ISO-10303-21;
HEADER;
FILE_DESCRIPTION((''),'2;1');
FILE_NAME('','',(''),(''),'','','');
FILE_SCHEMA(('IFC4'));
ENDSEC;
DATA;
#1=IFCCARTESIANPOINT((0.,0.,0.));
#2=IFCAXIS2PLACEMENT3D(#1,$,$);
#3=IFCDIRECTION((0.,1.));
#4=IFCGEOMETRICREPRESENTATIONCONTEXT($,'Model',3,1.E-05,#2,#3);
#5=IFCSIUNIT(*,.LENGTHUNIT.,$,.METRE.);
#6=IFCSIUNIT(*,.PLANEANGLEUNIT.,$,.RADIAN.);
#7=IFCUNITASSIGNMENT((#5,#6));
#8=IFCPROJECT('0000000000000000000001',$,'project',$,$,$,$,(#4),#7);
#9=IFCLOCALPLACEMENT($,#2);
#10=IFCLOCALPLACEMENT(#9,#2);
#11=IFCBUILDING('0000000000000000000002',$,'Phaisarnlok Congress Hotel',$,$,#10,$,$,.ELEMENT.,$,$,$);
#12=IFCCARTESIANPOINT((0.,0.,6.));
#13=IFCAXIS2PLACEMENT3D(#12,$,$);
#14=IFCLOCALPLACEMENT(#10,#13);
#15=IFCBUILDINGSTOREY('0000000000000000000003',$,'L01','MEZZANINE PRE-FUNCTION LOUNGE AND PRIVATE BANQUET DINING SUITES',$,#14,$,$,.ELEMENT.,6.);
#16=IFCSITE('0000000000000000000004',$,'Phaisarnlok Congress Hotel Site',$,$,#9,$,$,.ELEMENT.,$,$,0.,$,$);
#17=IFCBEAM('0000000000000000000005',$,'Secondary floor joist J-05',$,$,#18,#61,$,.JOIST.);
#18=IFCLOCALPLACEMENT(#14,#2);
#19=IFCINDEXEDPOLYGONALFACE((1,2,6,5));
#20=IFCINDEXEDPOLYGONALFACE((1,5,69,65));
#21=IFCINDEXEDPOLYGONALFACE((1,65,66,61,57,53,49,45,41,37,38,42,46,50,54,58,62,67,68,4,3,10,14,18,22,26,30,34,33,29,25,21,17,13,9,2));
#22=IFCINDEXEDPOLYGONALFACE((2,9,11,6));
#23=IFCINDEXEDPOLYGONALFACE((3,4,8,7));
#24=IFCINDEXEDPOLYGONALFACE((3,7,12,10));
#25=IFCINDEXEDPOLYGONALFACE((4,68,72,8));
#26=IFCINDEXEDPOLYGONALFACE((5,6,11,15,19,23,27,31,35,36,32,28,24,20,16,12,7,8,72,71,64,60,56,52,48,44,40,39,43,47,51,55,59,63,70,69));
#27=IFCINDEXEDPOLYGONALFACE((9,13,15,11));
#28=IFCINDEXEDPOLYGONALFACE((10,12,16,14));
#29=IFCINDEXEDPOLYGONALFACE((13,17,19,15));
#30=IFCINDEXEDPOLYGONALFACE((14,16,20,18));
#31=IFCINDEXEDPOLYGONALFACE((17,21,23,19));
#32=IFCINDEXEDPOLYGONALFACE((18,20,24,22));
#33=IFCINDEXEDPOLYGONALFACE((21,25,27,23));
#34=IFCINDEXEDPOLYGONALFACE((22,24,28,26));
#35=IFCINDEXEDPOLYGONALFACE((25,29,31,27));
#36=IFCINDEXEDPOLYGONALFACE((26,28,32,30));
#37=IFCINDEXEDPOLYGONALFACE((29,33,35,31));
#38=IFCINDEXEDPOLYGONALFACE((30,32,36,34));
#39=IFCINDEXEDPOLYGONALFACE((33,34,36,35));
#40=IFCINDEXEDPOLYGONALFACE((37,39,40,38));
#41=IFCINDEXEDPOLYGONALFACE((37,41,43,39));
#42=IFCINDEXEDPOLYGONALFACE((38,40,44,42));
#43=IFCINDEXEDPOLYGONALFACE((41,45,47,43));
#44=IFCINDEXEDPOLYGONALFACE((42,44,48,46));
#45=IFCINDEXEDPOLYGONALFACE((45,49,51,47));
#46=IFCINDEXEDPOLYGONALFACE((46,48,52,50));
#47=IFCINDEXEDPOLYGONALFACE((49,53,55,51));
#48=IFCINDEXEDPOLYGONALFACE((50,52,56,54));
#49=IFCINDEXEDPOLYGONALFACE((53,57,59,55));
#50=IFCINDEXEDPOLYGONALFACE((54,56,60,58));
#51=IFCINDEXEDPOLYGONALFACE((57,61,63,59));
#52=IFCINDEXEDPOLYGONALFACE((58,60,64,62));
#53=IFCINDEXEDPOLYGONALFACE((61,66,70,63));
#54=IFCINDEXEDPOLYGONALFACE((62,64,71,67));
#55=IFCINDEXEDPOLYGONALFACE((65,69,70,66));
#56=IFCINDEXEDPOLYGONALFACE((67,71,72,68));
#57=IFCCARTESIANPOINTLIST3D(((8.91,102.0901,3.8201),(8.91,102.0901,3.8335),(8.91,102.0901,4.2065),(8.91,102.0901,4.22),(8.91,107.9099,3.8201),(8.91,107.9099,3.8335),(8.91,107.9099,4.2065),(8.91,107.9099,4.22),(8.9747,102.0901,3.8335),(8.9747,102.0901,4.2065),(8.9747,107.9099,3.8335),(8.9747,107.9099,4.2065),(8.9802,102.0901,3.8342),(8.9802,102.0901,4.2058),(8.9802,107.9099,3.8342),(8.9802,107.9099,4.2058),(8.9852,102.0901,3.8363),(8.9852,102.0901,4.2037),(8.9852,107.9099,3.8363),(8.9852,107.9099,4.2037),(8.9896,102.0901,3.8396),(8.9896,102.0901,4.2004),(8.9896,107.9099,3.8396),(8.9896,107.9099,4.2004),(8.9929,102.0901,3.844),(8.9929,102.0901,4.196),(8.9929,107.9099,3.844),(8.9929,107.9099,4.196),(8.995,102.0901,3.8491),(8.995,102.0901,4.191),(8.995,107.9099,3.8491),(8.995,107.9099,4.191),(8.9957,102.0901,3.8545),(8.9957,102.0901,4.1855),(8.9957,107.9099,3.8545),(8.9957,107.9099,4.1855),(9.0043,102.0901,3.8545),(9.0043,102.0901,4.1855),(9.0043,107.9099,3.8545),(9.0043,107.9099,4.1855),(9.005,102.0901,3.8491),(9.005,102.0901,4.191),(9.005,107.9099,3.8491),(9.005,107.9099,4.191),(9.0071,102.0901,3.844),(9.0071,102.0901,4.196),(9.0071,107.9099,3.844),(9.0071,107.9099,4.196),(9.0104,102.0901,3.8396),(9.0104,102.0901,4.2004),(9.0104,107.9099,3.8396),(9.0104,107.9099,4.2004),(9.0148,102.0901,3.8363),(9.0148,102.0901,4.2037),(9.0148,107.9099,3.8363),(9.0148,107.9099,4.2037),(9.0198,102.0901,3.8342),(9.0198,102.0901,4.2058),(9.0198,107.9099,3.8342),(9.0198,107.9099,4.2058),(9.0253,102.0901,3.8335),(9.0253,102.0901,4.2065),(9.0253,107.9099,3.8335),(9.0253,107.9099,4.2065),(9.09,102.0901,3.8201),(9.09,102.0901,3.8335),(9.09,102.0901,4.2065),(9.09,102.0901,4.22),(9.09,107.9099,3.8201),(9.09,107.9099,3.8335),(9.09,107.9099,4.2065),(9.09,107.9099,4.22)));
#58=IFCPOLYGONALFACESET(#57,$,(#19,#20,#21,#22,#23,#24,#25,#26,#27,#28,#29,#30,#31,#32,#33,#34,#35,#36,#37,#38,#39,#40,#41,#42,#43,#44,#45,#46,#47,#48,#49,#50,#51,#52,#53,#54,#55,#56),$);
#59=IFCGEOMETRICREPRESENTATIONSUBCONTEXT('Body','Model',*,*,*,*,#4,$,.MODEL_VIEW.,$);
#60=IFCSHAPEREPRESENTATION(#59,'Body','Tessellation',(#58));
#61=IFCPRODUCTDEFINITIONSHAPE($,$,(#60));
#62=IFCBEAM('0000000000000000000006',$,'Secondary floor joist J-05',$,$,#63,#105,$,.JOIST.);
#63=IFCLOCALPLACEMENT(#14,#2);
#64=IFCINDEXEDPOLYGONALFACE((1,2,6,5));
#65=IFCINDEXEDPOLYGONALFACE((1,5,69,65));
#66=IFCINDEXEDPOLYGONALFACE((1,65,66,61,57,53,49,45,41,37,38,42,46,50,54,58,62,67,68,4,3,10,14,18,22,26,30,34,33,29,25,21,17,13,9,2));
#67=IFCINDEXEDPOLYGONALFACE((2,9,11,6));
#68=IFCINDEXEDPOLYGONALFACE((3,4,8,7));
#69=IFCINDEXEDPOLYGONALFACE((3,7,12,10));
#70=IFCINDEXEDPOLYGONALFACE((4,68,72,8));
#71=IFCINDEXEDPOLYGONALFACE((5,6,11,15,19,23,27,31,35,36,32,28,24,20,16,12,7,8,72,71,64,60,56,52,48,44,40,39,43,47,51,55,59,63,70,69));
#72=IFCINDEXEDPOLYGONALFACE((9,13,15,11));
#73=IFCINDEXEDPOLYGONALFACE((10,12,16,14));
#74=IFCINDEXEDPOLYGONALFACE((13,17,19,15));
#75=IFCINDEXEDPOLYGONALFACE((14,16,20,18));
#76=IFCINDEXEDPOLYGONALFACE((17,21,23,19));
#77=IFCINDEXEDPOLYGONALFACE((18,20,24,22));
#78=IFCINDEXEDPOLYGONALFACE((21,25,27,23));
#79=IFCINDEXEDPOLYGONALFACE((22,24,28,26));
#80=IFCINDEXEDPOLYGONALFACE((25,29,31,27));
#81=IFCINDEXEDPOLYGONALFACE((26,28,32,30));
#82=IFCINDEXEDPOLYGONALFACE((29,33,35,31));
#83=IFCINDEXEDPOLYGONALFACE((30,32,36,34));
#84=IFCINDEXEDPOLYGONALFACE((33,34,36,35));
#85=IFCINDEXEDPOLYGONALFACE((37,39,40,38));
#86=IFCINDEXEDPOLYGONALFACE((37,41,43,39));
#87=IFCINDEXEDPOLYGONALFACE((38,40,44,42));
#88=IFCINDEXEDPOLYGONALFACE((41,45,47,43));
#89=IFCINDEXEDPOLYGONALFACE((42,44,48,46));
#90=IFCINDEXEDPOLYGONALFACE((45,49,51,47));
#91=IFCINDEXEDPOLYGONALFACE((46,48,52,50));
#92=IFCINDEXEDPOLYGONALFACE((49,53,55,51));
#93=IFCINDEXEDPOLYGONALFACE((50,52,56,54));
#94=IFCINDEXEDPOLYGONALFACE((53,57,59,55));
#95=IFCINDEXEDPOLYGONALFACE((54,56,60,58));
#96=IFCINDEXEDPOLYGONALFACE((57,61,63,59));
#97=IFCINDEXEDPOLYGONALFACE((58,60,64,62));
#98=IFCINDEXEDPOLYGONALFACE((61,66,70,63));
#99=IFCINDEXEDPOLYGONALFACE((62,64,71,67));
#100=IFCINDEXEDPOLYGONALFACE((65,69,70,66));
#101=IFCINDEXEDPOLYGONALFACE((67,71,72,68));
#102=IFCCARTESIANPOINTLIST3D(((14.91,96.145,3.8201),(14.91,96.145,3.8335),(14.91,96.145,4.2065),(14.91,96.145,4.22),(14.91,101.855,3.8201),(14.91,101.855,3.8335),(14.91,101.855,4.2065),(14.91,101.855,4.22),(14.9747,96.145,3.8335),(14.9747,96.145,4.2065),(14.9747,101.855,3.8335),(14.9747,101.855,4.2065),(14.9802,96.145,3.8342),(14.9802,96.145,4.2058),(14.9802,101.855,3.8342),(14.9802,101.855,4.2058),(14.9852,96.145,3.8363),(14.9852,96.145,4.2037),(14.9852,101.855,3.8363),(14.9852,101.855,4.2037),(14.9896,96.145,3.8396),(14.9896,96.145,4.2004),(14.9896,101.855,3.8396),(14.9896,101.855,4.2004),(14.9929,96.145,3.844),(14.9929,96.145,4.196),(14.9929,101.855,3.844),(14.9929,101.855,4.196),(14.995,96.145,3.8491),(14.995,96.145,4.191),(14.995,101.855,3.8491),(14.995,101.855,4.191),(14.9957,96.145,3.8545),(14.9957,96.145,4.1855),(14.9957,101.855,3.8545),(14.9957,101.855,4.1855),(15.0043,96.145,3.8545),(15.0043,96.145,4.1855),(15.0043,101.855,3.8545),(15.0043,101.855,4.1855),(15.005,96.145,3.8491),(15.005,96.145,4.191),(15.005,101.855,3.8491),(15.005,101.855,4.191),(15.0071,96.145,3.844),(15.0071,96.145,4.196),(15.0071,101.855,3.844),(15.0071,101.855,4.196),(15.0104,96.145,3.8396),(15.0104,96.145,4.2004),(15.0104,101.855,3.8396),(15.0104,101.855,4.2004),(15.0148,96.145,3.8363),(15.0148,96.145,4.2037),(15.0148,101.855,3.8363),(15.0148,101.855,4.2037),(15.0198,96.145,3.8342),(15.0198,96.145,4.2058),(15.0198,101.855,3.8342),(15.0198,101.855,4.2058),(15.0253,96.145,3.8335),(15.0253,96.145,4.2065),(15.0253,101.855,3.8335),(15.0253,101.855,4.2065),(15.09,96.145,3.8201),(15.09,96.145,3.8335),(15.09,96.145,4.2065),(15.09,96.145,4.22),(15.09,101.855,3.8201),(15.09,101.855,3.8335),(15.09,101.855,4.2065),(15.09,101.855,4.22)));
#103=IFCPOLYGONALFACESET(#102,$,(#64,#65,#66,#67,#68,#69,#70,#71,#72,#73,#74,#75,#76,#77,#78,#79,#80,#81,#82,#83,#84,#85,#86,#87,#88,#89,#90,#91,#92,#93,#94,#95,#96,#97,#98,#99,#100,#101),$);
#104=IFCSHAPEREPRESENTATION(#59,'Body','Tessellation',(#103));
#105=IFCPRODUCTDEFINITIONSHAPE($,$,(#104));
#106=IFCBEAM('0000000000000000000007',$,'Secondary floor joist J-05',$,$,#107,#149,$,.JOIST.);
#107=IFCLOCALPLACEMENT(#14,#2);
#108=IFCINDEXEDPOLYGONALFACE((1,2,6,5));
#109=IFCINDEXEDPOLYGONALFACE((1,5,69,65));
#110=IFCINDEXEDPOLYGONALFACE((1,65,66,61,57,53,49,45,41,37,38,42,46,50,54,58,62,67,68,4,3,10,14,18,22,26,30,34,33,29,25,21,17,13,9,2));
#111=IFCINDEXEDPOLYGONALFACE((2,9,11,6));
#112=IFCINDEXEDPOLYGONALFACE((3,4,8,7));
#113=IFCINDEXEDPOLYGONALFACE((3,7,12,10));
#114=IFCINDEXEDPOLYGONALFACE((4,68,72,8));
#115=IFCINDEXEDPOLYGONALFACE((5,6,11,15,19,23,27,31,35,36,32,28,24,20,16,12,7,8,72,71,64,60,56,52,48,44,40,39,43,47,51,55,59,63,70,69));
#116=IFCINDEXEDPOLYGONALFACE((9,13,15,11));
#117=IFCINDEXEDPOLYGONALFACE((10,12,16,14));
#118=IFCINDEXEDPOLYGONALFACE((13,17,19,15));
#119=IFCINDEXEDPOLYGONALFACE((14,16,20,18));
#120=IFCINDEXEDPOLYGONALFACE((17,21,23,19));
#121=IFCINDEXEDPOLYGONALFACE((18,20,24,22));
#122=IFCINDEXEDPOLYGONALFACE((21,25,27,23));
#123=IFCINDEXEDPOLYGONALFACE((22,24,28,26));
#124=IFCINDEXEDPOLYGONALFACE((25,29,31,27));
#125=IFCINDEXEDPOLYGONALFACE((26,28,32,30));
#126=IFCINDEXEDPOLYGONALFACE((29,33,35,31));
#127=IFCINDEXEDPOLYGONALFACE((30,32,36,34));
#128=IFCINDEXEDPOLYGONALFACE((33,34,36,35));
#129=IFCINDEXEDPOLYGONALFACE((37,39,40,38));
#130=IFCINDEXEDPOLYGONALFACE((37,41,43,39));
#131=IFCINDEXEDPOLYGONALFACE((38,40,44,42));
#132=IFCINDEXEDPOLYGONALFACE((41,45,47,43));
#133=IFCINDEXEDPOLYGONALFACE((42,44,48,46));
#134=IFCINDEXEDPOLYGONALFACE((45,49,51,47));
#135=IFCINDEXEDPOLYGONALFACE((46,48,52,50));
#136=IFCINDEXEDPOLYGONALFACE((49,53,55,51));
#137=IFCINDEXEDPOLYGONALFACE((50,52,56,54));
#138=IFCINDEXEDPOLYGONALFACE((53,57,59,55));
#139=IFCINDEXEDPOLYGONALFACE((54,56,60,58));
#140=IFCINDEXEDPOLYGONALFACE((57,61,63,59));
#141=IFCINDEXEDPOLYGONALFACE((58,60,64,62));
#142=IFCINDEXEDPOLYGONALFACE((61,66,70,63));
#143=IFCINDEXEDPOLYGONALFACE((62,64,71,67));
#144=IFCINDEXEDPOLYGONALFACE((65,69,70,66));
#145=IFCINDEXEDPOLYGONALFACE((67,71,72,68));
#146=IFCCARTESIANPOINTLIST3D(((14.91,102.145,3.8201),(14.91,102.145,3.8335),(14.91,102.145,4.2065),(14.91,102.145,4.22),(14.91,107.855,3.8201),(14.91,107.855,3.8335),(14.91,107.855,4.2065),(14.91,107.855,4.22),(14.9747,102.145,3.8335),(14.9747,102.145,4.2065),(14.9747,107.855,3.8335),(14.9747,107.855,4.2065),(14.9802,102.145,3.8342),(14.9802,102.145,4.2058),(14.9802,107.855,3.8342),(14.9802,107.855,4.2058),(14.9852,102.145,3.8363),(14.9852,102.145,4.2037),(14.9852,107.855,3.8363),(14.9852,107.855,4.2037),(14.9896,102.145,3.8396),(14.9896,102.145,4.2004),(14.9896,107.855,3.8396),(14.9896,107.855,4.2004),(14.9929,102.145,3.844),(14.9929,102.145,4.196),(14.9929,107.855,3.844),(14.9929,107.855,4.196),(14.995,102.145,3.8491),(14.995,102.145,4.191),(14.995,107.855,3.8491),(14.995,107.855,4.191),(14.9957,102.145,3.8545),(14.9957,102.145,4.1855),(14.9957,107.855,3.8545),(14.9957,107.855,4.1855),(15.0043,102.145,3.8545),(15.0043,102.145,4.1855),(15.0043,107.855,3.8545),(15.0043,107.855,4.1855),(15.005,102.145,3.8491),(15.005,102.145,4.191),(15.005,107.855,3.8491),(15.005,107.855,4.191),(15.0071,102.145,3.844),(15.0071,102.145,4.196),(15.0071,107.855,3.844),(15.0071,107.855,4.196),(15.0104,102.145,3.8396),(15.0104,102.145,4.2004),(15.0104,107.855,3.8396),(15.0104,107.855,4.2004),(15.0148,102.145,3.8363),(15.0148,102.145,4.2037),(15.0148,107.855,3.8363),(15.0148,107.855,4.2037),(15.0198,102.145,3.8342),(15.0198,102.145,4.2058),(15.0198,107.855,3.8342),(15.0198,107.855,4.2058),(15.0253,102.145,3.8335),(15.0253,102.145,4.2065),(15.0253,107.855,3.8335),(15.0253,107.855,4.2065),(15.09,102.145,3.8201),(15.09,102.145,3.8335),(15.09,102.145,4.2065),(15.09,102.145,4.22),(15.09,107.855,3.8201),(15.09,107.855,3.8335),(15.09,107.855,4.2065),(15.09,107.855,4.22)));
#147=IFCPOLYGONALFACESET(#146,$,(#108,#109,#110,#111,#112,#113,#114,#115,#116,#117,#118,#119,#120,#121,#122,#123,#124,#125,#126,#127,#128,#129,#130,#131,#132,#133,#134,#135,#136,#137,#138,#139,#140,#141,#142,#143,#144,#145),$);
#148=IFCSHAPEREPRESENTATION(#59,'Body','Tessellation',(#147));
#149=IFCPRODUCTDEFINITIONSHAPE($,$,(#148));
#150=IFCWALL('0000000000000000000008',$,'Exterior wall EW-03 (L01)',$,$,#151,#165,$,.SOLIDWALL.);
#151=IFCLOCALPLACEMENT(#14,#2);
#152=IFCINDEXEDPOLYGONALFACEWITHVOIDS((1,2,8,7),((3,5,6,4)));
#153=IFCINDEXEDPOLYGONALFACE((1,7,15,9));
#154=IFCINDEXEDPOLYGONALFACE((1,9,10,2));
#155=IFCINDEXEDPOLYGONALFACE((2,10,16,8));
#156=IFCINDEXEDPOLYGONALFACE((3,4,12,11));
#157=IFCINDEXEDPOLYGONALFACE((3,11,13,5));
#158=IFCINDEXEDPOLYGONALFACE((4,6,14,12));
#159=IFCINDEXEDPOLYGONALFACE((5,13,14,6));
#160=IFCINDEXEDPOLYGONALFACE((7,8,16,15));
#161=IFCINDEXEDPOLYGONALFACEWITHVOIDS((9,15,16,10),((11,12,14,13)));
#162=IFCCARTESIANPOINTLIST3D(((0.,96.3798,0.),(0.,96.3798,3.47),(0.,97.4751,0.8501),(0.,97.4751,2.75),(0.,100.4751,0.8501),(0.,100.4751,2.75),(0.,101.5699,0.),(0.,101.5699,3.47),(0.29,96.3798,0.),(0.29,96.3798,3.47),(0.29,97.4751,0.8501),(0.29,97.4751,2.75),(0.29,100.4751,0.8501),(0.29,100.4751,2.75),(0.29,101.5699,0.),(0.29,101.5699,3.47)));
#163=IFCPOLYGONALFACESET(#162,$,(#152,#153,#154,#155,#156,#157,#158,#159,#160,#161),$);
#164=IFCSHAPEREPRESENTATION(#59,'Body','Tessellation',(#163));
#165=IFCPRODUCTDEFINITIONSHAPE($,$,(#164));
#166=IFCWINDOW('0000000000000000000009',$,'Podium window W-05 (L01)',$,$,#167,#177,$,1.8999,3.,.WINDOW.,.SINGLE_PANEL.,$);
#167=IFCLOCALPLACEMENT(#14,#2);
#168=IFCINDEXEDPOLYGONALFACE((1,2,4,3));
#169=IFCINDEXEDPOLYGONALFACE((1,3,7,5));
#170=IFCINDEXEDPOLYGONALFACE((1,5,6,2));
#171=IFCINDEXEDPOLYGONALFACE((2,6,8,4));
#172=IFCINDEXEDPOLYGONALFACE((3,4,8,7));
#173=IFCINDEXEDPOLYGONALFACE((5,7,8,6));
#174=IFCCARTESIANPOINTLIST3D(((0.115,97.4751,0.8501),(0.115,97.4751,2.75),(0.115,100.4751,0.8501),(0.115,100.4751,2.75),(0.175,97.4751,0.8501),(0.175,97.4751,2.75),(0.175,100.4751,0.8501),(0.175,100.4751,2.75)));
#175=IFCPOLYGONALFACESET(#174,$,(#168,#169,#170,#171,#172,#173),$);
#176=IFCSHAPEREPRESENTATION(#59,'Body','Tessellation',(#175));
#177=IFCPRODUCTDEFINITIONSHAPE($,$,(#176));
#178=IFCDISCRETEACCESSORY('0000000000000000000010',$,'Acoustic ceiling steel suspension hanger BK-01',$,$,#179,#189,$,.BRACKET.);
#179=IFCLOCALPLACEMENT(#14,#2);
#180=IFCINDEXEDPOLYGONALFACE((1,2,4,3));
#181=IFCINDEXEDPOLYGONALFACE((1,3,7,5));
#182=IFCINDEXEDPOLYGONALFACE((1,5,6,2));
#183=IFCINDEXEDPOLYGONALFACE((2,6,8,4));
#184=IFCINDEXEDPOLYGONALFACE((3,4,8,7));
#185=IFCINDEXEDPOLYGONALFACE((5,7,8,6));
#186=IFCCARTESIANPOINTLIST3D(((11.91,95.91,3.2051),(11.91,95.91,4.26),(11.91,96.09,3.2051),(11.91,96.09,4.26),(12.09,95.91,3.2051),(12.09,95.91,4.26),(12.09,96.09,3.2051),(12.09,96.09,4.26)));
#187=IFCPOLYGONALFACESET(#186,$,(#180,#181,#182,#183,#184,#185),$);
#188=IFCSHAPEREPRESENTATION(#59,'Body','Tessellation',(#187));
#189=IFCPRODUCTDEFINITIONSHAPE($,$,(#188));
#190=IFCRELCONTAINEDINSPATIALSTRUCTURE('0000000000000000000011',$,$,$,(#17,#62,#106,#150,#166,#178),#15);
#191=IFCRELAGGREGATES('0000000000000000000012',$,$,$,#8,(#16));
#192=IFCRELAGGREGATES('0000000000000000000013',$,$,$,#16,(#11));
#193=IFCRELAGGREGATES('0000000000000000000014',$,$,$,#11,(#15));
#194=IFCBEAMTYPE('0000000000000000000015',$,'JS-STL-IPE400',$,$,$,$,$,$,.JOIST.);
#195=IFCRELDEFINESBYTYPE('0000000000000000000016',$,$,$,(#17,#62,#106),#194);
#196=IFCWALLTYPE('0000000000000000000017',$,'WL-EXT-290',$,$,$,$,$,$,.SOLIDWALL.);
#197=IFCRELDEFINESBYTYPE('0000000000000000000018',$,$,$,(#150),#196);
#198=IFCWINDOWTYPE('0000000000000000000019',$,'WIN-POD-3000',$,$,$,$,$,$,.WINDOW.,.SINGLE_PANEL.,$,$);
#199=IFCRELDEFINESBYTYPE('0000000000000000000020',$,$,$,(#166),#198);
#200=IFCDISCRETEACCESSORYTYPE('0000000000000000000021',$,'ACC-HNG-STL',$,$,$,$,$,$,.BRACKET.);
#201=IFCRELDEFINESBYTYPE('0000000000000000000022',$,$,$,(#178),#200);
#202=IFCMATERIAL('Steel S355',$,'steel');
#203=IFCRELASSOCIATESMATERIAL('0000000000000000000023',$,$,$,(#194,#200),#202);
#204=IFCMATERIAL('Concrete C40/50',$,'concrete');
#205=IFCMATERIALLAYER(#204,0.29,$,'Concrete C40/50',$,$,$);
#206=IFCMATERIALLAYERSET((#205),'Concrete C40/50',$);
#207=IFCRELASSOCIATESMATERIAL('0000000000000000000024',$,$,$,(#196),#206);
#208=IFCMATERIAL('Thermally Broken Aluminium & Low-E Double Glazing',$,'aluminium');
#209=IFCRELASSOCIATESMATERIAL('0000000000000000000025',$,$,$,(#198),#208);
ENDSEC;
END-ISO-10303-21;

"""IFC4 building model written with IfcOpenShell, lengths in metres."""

from ifc_helpers import new_model, si_unit, direction, frame, frame_2d, origin, origin_2d, place, context, subcontext, project, spatial, rectangle, i_section, extrude, material, layer, layer_set, material_profile, profile_set, type_object, element, fill, save


model = new_model("IFC4")

# Units and contexts
model_context = context("Model", 3, precision=1e-05, world=origin(), true_north=direction((0.0, 1.0)))
body_context = subcontext(model_context, "Body", "Model", "MODEL_VIEW")
ifc_project = project(units=[si_unit("LENGTHUNIT", "METRE"), si_unit("PLANEANGLEUNIT", "RADIAN")], contexts=[model_context])

# Site, building, storey
site_placement = place(None, origin())
site = spatial("IfcSite", under=ifc_project, at=site_placement, Name="Phaisarnlok Congress Hotel Site", CompositionType="ELEMENT", RefElevation=0.0)
building_placement = place(site_placement, origin())
building = spatial("IfcBuilding", under=site, at=building_placement, Name="Phaisarnlok Congress Hotel", CompositionType="ELEMENT")
storey_placement = place(building_placement, frame((0.0, 0.0, 6.0)))
storey = spatial("IfcBuildingStorey", under=building, at=storey_placement, Name="L01", Description="MEZZANINE PRE-FUNCTION LOUNGE AND PRIVATE BANQUET DINING SUITES", CompositionType="ELEMENT", Elevation=6.0)

# Shared definitions
ifc_material_1 = material(Name="Steel S355", Category="steel")

# Beams
ifc_material_2 = material(Name="Concrete C40/50", Category="concrete")
ifc_material_profile_1 = material_profile(ifc_material_1, i_section(OverallWidth=0.1799, OverallDepth=0.3999, WebThickness=0.0085, FlangeThickness=0.0134, FilletRadius=0.021, at=origin_2d()), Name="IPE 400")
ifc_profile_set_1 = profile_set([ifc_material_profile_1], Name="Steel S355")
beam_type_1 = type_object("IfcBeamType", Name="JS-STL-IPE400", PredefinedType="JOIST", material=ifc_profile_set_1)
for number, where, z_axis, x_axis, name in (
    (1, (9.0, 102.0901, 4.02), (0.0, 1.0, 0.0), (-1.0, 0.0, 0.0), "Secondary floor joist J-05"),
):
    element("IfcBeam", number, at=place(storey_placement, frame(where, z_axis=z_axis, x_axis=x_axis)), inside=storey, type_object=beam_type_1, Name=name, PredefinedType="JOIST", context=body_context, shape_type="SweptSolid", body=[
        extrude(i_section(OverallWidth=0.1799, OverallDepth=0.3999, WebThickness=0.0085, FlangeThickness=0.0134, FilletRadius=0.021, at=origin_2d()), origin(), (0.0, 0.0, 1.0), 5.8198),
    ])
for number, where, z_axis, x_axis, name in (
    (2, (15.0, 96.145, 4.02), (0.0, 1.0, 0.0), (-1.0, 0.0, 0.0), "Secondary floor joist J-05"),
    (3, (15.0, 102.145, 4.02), (0.0, 1.0, 0.0), (-1.0, 0.0, 0.0), "Secondary floor joist J-05"),
):
    element("IfcBeam", number, at=place(storey_placement, frame(where, z_axis=z_axis, x_axis=x_axis)), inside=storey, type_object=beam_type_1, Name=name, PredefinedType="JOIST", context=body_context, shape_type="SweptSolid", body=[
        extrude(i_section(OverallWidth=0.1799, OverallDepth=0.3999, WebThickness=0.0085, FlangeThickness=0.0134, FilletRadius=0.021, at=origin_2d()), origin(), (0.0, 0.0, 1.0), 5.71),
    ])

# Wall, opening, window
ifc_layer = layer(ifc_material_2, 0.29, Name="Concrete C40/50")
ifc_layer_set = layer_set([ifc_layer], Name="Concrete C40/50")
wall_type = type_object("IfcWallType", Name="WL-EXT-290", PredefinedType="SOLIDWALL", material=ifc_layer_set)
wall_placement = place(storey_placement, frame((0.145, 101.5701, 0.0), z_axis=(0.0, 0.0, 1.0), x_axis=(0.0, -1.0, 0.0)))
wall = element("IfcWall", 4, at=wall_placement, inside=storey, type_object=wall_type, Name="Exterior wall EW-03 (L01)", PredefinedType="SOLIDWALL", context=body_context, shape_type="SweptSolid", body=[
    extrude(rectangle(XDim=5.1902, YDim=0.29, at=frame_2d((2.5952, 0.0))), origin(), (0.0, 0.0, 1.0), 3.47),
])
opening_placement = place(wall_placement, frame((1.095, 0.0, 0.8501)))
opening = element("IfcOpeningElement", 5, at=opening_placement, cuts=wall, PredefinedType="OPENING", context=body_context, shape_type="SweptSolid", body=[
    extrude(rectangle(XDim=3.0, YDim=1.8999, at=frame_2d((1.5, 0.95))), frame((0.0, 0.155, 0.0), z_axis=(0.0, -1.0, 0.0), x_axis=(1.0, 0.0, 0.0)), (0.0, 0.0, 1.0), 0.3101),
])
ifc_material_3 = material(Name="Thermally Broken Aluminium & Low-E Double Glazing", Category="aluminium")
window_type = type_object("IfcWindowType", Name="WIN-POD-3000", PartitioningType="SINGLE_PANEL", PredefinedType="WINDOW", material=ifc_material_3)
window_placement = place(opening_placement, origin())
window = element("IfcWindow", 6, at=window_placement, inside=storey, type_object=window_type, Name="Podium window W-05 (L01)", OverallHeight=1.8999, OverallWidth=3.0, PartitioningType="SINGLE_PANEL", PredefinedType="WINDOW", context=body_context, shape_type="SweptSolid", body=[
    extrude(rectangle(XDim=3.0, YDim=1.8999, at=frame_2d((1.5, 0.95))), frame((0.0, 0.03, 0.0), z_axis=(0.0, -1.0, 0.0), x_axis=(1.0, 0.0, 0.0)), (0.0, 0.0, 1.0), 0.0601),
])
fill(opening, window)

# Discrete accessory
discrete_accessory_type = type_object("IfcDiscreteAccessoryType", Name="ACC-HNG-STL", PredefinedType="BRACKET", material=ifc_material_1)
discrete_accessory_placement = place(storey_placement, frame((12.0, 96.0, 3.2051), z_axis=(0.0, 0.0, 1.0), x_axis=(1.0, 0.0, 0.0)))
element("IfcDiscreteAccessory", 7, at=discrete_accessory_placement, inside=storey, type_object=discrete_accessory_type, Name="Acoustic ceiling steel suspension hanger BK-01", PredefinedType="BRACKET", context=body_context, shape_type="SweptSolid", body=[
    extrude(rectangle(XDim=0.1799, YDim=0.1799, at=origin_2d()), origin(), (0.0, 0.0, 1.0), 1.0549),
])

save(model, "model.ifc")
